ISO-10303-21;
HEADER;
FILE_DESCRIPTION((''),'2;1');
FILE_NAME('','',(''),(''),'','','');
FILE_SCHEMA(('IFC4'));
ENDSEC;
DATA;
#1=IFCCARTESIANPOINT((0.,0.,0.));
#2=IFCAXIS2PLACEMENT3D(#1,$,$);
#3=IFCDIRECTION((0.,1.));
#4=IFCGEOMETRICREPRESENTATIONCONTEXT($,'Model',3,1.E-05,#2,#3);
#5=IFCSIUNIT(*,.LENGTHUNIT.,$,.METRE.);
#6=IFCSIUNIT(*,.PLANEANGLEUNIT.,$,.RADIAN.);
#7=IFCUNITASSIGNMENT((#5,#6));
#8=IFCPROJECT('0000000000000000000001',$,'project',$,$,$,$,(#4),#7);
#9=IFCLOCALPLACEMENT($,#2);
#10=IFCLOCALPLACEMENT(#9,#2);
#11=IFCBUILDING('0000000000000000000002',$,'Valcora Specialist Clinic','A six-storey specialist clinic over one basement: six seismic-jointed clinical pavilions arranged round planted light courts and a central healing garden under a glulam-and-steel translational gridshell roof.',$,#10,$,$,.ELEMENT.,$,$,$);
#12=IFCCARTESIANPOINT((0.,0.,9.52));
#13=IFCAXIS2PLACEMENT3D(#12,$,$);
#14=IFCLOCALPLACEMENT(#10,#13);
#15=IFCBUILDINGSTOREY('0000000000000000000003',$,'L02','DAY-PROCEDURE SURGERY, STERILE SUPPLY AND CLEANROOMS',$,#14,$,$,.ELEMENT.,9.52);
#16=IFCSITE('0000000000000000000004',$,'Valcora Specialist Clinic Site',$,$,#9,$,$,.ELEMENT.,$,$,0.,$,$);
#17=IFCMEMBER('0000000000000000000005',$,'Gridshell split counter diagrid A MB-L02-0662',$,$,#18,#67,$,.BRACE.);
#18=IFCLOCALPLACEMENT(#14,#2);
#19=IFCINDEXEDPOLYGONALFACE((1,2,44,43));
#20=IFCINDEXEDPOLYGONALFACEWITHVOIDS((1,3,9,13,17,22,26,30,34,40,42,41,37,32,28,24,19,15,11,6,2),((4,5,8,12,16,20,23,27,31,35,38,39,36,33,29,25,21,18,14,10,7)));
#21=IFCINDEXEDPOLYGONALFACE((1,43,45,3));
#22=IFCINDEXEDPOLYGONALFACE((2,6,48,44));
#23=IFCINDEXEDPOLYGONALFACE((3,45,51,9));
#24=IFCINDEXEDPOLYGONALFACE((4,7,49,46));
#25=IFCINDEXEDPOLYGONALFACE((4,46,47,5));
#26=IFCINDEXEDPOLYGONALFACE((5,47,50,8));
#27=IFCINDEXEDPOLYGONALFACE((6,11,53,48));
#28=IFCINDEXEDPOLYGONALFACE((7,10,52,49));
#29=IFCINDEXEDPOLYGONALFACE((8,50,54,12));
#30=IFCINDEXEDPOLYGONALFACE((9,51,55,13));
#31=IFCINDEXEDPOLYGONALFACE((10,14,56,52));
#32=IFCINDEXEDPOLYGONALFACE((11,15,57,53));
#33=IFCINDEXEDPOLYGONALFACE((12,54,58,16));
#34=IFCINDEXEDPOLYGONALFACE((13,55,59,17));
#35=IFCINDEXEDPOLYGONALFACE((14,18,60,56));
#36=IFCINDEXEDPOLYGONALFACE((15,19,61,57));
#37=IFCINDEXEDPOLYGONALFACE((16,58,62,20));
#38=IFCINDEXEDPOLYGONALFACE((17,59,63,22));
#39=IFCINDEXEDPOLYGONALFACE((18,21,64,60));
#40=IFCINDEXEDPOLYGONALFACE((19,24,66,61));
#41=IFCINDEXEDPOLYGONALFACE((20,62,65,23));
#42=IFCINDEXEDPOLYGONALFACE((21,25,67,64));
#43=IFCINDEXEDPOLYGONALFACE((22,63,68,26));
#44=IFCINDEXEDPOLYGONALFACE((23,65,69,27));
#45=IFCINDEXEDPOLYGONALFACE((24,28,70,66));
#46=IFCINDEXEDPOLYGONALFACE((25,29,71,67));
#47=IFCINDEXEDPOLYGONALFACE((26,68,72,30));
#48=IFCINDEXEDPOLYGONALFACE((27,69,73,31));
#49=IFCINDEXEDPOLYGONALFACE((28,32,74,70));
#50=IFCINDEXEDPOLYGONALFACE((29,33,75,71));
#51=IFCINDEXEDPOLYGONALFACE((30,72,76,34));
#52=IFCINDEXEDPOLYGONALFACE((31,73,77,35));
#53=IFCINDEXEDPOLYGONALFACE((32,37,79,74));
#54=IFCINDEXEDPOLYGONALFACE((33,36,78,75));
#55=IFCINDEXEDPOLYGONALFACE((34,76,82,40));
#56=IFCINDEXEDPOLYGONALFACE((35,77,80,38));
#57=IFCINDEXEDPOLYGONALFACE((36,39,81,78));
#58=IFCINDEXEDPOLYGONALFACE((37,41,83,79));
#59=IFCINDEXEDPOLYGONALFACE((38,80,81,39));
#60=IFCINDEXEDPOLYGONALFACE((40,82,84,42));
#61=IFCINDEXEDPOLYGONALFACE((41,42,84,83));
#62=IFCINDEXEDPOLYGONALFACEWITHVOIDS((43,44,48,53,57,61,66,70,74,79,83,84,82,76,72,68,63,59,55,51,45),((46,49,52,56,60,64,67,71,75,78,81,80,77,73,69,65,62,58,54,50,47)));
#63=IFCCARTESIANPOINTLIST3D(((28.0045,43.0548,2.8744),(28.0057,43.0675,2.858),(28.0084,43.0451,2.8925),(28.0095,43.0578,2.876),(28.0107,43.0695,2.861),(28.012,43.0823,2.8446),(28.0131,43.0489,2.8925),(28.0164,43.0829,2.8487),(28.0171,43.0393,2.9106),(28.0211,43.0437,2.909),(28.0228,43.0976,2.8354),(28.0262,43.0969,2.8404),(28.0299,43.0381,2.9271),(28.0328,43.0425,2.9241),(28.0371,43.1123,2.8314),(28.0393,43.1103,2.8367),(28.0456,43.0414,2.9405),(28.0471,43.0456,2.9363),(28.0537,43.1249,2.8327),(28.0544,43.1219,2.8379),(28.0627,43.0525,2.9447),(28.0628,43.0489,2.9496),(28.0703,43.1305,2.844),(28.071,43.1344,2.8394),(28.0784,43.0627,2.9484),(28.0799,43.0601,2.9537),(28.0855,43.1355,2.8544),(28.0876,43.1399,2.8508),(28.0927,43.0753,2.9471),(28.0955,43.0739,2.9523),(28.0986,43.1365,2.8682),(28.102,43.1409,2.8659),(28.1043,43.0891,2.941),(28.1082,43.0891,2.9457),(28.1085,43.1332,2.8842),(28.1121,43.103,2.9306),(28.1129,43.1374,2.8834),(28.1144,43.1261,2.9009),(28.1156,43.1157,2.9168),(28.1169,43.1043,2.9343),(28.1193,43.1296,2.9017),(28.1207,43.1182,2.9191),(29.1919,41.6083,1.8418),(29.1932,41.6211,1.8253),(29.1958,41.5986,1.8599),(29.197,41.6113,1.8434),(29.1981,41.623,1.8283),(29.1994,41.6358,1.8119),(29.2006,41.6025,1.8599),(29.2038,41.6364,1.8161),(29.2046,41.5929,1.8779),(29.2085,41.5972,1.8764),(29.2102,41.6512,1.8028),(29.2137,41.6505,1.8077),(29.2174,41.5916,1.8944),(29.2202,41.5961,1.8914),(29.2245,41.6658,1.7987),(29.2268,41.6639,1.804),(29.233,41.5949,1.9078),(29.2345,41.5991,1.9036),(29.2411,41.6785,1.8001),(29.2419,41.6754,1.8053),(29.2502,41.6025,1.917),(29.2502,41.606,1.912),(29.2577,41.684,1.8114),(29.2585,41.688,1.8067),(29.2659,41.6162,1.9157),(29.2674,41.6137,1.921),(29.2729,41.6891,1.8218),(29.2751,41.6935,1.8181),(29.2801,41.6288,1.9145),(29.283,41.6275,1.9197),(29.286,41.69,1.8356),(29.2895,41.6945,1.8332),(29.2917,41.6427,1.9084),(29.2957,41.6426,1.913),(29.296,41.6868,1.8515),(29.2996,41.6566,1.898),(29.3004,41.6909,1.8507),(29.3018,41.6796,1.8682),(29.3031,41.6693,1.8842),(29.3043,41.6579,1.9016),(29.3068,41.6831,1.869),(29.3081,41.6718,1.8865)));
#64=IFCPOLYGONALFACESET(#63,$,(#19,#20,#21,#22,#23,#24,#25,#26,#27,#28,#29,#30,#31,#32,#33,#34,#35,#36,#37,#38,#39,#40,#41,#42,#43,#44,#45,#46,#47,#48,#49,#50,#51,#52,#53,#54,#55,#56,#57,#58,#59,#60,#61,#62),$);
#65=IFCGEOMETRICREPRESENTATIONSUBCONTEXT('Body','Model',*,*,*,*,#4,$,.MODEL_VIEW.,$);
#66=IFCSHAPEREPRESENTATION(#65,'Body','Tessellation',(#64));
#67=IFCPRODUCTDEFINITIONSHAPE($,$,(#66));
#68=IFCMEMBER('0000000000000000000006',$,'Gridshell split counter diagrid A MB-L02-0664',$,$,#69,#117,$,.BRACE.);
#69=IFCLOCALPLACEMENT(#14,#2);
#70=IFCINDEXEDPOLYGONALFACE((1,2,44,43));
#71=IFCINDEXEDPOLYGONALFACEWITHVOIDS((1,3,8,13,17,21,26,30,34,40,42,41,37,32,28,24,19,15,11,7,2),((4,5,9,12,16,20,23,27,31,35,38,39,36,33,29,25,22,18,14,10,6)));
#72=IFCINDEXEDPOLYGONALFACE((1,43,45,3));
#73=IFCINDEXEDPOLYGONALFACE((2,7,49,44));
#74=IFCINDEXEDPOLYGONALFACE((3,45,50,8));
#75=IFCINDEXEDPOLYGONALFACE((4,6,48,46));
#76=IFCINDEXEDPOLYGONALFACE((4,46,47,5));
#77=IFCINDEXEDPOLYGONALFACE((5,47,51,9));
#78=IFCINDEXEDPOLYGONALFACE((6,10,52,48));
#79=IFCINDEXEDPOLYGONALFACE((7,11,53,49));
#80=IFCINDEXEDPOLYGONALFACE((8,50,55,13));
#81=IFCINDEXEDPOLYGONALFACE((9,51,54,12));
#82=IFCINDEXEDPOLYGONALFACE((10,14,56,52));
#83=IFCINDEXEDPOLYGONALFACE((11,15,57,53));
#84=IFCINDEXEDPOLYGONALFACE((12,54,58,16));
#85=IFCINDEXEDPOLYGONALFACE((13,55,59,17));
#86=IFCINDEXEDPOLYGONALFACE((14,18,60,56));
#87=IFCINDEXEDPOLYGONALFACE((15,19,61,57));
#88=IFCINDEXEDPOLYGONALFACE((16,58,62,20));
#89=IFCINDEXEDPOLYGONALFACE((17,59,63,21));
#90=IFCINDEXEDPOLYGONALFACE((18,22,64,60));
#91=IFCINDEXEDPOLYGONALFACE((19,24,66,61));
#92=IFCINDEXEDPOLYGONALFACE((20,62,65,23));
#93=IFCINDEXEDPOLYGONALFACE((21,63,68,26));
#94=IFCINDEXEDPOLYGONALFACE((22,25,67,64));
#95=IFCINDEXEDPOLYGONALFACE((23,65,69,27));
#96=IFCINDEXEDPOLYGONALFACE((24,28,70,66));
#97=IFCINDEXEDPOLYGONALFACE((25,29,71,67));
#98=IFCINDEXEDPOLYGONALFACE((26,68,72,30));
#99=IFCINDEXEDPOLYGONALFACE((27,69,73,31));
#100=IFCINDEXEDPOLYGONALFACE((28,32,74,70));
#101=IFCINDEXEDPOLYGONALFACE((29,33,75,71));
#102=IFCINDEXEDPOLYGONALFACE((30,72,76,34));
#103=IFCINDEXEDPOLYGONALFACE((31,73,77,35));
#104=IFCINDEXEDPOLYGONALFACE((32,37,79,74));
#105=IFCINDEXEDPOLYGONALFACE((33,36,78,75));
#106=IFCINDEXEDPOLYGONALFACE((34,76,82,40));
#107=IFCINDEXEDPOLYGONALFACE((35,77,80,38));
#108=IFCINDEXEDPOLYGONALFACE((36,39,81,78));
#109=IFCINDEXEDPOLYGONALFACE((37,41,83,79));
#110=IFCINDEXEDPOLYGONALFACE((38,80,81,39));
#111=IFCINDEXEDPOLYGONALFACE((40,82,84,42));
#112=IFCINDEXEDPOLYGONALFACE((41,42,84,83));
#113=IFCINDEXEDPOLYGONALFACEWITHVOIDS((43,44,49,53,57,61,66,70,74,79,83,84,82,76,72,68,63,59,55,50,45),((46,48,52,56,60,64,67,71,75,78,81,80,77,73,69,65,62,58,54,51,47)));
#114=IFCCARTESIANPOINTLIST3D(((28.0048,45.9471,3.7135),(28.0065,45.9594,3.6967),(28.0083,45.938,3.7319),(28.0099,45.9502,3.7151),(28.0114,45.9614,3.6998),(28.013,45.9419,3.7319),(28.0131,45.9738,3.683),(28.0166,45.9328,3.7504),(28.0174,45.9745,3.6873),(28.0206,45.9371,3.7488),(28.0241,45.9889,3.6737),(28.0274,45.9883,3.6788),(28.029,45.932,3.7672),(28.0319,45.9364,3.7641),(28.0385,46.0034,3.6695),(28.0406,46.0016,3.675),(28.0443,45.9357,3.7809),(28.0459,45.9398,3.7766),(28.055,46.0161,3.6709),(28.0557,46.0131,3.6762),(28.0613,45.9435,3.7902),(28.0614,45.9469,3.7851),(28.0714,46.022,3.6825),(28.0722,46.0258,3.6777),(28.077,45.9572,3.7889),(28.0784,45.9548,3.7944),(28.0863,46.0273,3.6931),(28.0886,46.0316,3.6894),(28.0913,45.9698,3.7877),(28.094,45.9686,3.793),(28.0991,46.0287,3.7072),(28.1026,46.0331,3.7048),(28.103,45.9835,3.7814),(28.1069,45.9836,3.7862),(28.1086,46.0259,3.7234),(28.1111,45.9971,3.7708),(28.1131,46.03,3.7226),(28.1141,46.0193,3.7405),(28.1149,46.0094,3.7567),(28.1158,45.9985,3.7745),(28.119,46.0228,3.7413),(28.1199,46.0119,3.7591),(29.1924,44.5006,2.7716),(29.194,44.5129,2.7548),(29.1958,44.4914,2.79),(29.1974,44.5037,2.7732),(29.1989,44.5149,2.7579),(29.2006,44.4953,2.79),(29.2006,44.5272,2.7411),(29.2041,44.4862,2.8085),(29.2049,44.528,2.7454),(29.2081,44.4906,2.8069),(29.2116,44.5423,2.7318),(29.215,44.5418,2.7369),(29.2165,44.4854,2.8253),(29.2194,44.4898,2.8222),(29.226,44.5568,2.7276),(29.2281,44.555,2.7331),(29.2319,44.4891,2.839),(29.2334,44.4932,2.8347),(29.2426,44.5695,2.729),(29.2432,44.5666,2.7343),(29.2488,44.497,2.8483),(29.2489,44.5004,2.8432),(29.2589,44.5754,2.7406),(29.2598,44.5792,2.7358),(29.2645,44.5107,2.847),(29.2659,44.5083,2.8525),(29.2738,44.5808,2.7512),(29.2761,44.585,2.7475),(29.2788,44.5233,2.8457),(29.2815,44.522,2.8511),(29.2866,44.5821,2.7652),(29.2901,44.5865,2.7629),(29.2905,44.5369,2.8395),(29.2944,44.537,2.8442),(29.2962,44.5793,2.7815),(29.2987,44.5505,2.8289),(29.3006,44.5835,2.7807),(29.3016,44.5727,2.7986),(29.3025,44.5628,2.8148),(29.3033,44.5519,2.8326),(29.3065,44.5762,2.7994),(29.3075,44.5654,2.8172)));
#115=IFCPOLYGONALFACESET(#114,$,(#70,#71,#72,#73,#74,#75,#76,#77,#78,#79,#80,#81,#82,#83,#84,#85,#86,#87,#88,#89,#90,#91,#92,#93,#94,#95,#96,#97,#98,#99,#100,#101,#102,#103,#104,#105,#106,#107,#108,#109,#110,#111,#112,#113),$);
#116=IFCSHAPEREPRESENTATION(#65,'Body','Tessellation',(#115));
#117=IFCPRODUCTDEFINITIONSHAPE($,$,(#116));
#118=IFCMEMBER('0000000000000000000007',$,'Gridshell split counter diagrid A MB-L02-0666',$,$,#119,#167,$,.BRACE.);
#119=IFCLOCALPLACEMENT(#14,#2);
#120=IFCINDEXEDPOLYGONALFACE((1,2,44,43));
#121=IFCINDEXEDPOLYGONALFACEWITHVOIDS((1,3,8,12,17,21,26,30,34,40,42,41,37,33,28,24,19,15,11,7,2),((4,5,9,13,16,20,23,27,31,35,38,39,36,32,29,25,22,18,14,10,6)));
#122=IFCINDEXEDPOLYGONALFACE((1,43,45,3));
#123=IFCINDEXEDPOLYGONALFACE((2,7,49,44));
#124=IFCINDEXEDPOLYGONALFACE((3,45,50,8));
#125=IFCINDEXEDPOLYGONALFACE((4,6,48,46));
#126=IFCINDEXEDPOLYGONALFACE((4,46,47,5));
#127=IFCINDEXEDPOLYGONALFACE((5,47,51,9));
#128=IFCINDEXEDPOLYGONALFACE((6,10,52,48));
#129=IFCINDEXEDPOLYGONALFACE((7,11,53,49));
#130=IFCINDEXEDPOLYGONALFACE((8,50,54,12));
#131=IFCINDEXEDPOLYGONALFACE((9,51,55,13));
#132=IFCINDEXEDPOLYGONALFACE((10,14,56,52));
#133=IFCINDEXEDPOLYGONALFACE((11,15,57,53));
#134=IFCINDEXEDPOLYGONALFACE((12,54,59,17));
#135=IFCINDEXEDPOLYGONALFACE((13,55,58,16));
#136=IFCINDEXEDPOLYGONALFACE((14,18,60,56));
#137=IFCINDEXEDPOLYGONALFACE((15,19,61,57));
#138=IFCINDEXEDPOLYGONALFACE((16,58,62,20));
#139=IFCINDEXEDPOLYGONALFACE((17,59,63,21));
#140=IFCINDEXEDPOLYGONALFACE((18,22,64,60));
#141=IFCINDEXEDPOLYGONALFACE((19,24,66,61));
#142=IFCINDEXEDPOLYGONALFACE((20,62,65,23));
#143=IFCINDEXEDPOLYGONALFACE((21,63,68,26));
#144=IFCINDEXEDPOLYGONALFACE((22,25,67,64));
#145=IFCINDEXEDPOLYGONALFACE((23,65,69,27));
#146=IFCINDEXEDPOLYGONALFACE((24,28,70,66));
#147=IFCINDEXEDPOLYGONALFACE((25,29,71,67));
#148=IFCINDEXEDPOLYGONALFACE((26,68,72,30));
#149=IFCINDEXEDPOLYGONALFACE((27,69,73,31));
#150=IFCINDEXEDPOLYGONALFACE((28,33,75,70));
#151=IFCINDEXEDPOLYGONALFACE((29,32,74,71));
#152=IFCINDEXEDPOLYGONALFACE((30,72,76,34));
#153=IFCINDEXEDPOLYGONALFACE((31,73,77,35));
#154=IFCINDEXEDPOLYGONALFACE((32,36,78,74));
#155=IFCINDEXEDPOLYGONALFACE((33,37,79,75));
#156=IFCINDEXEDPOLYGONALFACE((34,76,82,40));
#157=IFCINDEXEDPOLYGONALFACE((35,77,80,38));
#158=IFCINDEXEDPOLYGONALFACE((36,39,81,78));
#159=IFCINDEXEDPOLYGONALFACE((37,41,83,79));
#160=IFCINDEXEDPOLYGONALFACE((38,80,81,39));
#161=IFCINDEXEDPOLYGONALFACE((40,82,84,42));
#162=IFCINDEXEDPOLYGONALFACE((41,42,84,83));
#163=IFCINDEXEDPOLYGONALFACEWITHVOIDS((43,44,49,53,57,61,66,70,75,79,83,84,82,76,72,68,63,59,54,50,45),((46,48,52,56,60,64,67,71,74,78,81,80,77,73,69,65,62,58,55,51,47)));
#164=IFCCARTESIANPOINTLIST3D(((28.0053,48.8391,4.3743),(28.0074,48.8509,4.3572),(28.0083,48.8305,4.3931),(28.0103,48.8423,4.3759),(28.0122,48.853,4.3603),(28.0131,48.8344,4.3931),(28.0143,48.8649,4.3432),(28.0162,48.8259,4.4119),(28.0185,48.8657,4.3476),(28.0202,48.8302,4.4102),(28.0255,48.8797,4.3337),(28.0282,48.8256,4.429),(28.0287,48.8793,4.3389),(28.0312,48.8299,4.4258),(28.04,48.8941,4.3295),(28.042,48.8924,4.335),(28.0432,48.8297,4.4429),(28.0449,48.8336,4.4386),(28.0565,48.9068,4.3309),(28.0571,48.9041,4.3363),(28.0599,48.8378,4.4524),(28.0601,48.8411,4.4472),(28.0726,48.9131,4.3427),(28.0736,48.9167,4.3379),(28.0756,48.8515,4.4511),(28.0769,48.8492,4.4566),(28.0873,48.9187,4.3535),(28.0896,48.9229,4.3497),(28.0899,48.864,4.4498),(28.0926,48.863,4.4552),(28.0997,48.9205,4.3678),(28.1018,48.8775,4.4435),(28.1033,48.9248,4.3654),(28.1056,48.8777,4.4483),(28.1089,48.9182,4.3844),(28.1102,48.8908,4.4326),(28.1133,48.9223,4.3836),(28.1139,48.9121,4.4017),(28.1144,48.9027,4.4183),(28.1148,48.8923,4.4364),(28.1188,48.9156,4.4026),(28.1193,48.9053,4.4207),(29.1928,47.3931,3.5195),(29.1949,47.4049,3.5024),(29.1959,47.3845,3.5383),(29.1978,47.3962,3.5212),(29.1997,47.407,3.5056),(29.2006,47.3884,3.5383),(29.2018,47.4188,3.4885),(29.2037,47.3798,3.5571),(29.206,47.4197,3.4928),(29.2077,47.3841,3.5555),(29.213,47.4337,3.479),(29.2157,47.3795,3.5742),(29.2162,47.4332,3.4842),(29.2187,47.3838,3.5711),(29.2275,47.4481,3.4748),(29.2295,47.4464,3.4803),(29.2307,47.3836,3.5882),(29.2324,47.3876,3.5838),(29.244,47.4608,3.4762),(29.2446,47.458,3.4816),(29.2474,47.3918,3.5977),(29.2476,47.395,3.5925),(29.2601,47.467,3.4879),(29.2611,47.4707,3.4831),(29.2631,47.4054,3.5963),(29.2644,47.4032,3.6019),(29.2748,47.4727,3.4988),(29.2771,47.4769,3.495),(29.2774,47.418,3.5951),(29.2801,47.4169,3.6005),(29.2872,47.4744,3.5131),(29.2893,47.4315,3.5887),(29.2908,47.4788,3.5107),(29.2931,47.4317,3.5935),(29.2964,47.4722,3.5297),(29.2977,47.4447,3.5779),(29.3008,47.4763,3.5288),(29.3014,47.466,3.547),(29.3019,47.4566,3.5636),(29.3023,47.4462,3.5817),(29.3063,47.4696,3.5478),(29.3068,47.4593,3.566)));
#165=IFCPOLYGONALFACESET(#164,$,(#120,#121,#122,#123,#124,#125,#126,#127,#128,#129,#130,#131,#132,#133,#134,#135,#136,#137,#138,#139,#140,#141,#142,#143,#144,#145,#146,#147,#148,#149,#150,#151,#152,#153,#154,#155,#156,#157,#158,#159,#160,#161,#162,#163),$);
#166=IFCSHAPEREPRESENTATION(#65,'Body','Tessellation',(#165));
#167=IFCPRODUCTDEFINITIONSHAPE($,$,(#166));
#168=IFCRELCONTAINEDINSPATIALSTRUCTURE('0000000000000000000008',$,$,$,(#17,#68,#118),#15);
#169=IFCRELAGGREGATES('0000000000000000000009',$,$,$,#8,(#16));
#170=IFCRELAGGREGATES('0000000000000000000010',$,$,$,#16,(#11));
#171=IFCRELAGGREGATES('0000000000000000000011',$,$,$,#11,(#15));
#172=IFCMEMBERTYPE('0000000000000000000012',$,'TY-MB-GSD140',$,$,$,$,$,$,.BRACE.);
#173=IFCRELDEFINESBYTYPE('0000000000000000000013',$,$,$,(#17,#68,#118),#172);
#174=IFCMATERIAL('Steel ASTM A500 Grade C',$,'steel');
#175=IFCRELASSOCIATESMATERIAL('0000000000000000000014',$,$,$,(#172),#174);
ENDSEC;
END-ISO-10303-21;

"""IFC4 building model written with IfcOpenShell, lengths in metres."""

from ifc_helpers import new_model, si_unit, direction, frame, origin, origin_2d, place, context, subcontext, project, spatial, hollow_circle, extrude, material, material_profile, profile_set, type_object, element, save


model = new_model("IFC4")

# Units and contexts
model_context = context("Model", 3, precision=1e-05, world=origin(), true_north=direction((0.0, 1.0)))
body_context = subcontext(model_context, "Body", "Model", "MODEL_VIEW")
ifc_project = project(units=[si_unit("LENGTHUNIT", "METRE"), si_unit("PLANEANGLEUNIT", "RADIAN")], contexts=[model_context])

# Site, building, storey
site_placement = place(None, origin())
site = spatial("IfcSite", under=ifc_project, at=site_placement, Name="Valcora Specialist Clinic Site", CompositionType="ELEMENT", RefElevation=0.0)
building_placement = place(site_placement, origin())
building = spatial("IfcBuilding", under=site, at=building_placement, Name="Valcora Specialist Clinic", Description="A six-storey specialist clinic over one basement: six seismic-jointed clinical pavilions arranged round planted light courts and a central healing garden under a glulam-and-steel translational gridshell roof.", CompositionType="ELEMENT")
storey_placement = place(building_placement, frame((0.0, 0.0, 9.52)))
storey = spatial("IfcBuildingStorey", under=building, at=storey_placement, Name="L02", Description="DAY-PROCEDURE SURGERY, STERILE SUPPLY AND CLEANROOMS", CompositionType="ELEMENT", Elevation=9.52)

# Members
ifc_material_1 = material(Name="Steel ASTM A500 Grade C", Category="steel")
ifc_material_profile_1 = material_profile(ifc_material_1, hollow_circle(Radius=0.0701, WallThickness=0.0061, at=origin_2d()), Name="ST-CHS-140X6")
ifc_profile_set_1 = profile_set([ifc_material_profile_1], Name="Steel ASTM A500 Grade C")
member_type_1 = type_object("IfcMemberType", Name="TY-MB-GSD140", PredefinedType="BRACE", material=ifc_profile_set_1)
member_1_placement = place(storey_placement, frame((29.25, 41.6431, 1.8599), z_axis=(-0.555543, 0.676725, 0.48313), x_axis=(-0.772916, -0.634508, 0.0)))
element("IfcMember", 1, at=member_1_placement, inside=storey, type_object=member_type_1, Name="Gridshell split counter diagrid A MB-L02-0662", PredefinedType="BRACE", context=body_context, shape_type="SweptSolid", body=[
    extrude(hollow_circle(Radius=0.0701, WallThickness=0.0061, at=origin_2d()), origin(), (0.0, 0.0, 1.0), 2.1375),
])
member_2_placement = place(storey_placement, frame((29.25, 44.5359, 2.79), z_axis=(-0.566777, 0.69041, 0.449553), x_axis=(-0.772916, -0.634508, 0.0)))
element("IfcMember", 2, at=member_2_placement, inside=storey, type_object=member_type_1, Name="Gridshell split counter diagrid A MB-L02-0664", PredefinedType="BRACE", context=body_context, shape_type="SweptSolid", body=[
    extrude(hollow_circle(Radius=0.0701, WallThickness=0.0061, at=origin_2d()), origin(), (0.0, 0.0, 1.0), 2.0952),
])
member_3_placement = place(storey_placement, frame((29.25, 47.429, 3.5383), z_axis=(-0.577261, 0.702944, 0.4155), x_axis=(-0.772811, -0.634636, 0.0)))
element("IfcMember", 3, at=member_3_placement, inside=storey, type_object=member_type_1, Name="Gridshell split counter diagrid A MB-L02-0666", PredefinedType="BRACE", context=body_context, shape_type="SweptSolid", body=[
    extrude(hollow_circle(Radius=0.0701, WallThickness=0.0061, at=origin_2d()), origin(), (0.0, 0.0, 1.0), 2.0571),
])

save(model, "model.ifc")
